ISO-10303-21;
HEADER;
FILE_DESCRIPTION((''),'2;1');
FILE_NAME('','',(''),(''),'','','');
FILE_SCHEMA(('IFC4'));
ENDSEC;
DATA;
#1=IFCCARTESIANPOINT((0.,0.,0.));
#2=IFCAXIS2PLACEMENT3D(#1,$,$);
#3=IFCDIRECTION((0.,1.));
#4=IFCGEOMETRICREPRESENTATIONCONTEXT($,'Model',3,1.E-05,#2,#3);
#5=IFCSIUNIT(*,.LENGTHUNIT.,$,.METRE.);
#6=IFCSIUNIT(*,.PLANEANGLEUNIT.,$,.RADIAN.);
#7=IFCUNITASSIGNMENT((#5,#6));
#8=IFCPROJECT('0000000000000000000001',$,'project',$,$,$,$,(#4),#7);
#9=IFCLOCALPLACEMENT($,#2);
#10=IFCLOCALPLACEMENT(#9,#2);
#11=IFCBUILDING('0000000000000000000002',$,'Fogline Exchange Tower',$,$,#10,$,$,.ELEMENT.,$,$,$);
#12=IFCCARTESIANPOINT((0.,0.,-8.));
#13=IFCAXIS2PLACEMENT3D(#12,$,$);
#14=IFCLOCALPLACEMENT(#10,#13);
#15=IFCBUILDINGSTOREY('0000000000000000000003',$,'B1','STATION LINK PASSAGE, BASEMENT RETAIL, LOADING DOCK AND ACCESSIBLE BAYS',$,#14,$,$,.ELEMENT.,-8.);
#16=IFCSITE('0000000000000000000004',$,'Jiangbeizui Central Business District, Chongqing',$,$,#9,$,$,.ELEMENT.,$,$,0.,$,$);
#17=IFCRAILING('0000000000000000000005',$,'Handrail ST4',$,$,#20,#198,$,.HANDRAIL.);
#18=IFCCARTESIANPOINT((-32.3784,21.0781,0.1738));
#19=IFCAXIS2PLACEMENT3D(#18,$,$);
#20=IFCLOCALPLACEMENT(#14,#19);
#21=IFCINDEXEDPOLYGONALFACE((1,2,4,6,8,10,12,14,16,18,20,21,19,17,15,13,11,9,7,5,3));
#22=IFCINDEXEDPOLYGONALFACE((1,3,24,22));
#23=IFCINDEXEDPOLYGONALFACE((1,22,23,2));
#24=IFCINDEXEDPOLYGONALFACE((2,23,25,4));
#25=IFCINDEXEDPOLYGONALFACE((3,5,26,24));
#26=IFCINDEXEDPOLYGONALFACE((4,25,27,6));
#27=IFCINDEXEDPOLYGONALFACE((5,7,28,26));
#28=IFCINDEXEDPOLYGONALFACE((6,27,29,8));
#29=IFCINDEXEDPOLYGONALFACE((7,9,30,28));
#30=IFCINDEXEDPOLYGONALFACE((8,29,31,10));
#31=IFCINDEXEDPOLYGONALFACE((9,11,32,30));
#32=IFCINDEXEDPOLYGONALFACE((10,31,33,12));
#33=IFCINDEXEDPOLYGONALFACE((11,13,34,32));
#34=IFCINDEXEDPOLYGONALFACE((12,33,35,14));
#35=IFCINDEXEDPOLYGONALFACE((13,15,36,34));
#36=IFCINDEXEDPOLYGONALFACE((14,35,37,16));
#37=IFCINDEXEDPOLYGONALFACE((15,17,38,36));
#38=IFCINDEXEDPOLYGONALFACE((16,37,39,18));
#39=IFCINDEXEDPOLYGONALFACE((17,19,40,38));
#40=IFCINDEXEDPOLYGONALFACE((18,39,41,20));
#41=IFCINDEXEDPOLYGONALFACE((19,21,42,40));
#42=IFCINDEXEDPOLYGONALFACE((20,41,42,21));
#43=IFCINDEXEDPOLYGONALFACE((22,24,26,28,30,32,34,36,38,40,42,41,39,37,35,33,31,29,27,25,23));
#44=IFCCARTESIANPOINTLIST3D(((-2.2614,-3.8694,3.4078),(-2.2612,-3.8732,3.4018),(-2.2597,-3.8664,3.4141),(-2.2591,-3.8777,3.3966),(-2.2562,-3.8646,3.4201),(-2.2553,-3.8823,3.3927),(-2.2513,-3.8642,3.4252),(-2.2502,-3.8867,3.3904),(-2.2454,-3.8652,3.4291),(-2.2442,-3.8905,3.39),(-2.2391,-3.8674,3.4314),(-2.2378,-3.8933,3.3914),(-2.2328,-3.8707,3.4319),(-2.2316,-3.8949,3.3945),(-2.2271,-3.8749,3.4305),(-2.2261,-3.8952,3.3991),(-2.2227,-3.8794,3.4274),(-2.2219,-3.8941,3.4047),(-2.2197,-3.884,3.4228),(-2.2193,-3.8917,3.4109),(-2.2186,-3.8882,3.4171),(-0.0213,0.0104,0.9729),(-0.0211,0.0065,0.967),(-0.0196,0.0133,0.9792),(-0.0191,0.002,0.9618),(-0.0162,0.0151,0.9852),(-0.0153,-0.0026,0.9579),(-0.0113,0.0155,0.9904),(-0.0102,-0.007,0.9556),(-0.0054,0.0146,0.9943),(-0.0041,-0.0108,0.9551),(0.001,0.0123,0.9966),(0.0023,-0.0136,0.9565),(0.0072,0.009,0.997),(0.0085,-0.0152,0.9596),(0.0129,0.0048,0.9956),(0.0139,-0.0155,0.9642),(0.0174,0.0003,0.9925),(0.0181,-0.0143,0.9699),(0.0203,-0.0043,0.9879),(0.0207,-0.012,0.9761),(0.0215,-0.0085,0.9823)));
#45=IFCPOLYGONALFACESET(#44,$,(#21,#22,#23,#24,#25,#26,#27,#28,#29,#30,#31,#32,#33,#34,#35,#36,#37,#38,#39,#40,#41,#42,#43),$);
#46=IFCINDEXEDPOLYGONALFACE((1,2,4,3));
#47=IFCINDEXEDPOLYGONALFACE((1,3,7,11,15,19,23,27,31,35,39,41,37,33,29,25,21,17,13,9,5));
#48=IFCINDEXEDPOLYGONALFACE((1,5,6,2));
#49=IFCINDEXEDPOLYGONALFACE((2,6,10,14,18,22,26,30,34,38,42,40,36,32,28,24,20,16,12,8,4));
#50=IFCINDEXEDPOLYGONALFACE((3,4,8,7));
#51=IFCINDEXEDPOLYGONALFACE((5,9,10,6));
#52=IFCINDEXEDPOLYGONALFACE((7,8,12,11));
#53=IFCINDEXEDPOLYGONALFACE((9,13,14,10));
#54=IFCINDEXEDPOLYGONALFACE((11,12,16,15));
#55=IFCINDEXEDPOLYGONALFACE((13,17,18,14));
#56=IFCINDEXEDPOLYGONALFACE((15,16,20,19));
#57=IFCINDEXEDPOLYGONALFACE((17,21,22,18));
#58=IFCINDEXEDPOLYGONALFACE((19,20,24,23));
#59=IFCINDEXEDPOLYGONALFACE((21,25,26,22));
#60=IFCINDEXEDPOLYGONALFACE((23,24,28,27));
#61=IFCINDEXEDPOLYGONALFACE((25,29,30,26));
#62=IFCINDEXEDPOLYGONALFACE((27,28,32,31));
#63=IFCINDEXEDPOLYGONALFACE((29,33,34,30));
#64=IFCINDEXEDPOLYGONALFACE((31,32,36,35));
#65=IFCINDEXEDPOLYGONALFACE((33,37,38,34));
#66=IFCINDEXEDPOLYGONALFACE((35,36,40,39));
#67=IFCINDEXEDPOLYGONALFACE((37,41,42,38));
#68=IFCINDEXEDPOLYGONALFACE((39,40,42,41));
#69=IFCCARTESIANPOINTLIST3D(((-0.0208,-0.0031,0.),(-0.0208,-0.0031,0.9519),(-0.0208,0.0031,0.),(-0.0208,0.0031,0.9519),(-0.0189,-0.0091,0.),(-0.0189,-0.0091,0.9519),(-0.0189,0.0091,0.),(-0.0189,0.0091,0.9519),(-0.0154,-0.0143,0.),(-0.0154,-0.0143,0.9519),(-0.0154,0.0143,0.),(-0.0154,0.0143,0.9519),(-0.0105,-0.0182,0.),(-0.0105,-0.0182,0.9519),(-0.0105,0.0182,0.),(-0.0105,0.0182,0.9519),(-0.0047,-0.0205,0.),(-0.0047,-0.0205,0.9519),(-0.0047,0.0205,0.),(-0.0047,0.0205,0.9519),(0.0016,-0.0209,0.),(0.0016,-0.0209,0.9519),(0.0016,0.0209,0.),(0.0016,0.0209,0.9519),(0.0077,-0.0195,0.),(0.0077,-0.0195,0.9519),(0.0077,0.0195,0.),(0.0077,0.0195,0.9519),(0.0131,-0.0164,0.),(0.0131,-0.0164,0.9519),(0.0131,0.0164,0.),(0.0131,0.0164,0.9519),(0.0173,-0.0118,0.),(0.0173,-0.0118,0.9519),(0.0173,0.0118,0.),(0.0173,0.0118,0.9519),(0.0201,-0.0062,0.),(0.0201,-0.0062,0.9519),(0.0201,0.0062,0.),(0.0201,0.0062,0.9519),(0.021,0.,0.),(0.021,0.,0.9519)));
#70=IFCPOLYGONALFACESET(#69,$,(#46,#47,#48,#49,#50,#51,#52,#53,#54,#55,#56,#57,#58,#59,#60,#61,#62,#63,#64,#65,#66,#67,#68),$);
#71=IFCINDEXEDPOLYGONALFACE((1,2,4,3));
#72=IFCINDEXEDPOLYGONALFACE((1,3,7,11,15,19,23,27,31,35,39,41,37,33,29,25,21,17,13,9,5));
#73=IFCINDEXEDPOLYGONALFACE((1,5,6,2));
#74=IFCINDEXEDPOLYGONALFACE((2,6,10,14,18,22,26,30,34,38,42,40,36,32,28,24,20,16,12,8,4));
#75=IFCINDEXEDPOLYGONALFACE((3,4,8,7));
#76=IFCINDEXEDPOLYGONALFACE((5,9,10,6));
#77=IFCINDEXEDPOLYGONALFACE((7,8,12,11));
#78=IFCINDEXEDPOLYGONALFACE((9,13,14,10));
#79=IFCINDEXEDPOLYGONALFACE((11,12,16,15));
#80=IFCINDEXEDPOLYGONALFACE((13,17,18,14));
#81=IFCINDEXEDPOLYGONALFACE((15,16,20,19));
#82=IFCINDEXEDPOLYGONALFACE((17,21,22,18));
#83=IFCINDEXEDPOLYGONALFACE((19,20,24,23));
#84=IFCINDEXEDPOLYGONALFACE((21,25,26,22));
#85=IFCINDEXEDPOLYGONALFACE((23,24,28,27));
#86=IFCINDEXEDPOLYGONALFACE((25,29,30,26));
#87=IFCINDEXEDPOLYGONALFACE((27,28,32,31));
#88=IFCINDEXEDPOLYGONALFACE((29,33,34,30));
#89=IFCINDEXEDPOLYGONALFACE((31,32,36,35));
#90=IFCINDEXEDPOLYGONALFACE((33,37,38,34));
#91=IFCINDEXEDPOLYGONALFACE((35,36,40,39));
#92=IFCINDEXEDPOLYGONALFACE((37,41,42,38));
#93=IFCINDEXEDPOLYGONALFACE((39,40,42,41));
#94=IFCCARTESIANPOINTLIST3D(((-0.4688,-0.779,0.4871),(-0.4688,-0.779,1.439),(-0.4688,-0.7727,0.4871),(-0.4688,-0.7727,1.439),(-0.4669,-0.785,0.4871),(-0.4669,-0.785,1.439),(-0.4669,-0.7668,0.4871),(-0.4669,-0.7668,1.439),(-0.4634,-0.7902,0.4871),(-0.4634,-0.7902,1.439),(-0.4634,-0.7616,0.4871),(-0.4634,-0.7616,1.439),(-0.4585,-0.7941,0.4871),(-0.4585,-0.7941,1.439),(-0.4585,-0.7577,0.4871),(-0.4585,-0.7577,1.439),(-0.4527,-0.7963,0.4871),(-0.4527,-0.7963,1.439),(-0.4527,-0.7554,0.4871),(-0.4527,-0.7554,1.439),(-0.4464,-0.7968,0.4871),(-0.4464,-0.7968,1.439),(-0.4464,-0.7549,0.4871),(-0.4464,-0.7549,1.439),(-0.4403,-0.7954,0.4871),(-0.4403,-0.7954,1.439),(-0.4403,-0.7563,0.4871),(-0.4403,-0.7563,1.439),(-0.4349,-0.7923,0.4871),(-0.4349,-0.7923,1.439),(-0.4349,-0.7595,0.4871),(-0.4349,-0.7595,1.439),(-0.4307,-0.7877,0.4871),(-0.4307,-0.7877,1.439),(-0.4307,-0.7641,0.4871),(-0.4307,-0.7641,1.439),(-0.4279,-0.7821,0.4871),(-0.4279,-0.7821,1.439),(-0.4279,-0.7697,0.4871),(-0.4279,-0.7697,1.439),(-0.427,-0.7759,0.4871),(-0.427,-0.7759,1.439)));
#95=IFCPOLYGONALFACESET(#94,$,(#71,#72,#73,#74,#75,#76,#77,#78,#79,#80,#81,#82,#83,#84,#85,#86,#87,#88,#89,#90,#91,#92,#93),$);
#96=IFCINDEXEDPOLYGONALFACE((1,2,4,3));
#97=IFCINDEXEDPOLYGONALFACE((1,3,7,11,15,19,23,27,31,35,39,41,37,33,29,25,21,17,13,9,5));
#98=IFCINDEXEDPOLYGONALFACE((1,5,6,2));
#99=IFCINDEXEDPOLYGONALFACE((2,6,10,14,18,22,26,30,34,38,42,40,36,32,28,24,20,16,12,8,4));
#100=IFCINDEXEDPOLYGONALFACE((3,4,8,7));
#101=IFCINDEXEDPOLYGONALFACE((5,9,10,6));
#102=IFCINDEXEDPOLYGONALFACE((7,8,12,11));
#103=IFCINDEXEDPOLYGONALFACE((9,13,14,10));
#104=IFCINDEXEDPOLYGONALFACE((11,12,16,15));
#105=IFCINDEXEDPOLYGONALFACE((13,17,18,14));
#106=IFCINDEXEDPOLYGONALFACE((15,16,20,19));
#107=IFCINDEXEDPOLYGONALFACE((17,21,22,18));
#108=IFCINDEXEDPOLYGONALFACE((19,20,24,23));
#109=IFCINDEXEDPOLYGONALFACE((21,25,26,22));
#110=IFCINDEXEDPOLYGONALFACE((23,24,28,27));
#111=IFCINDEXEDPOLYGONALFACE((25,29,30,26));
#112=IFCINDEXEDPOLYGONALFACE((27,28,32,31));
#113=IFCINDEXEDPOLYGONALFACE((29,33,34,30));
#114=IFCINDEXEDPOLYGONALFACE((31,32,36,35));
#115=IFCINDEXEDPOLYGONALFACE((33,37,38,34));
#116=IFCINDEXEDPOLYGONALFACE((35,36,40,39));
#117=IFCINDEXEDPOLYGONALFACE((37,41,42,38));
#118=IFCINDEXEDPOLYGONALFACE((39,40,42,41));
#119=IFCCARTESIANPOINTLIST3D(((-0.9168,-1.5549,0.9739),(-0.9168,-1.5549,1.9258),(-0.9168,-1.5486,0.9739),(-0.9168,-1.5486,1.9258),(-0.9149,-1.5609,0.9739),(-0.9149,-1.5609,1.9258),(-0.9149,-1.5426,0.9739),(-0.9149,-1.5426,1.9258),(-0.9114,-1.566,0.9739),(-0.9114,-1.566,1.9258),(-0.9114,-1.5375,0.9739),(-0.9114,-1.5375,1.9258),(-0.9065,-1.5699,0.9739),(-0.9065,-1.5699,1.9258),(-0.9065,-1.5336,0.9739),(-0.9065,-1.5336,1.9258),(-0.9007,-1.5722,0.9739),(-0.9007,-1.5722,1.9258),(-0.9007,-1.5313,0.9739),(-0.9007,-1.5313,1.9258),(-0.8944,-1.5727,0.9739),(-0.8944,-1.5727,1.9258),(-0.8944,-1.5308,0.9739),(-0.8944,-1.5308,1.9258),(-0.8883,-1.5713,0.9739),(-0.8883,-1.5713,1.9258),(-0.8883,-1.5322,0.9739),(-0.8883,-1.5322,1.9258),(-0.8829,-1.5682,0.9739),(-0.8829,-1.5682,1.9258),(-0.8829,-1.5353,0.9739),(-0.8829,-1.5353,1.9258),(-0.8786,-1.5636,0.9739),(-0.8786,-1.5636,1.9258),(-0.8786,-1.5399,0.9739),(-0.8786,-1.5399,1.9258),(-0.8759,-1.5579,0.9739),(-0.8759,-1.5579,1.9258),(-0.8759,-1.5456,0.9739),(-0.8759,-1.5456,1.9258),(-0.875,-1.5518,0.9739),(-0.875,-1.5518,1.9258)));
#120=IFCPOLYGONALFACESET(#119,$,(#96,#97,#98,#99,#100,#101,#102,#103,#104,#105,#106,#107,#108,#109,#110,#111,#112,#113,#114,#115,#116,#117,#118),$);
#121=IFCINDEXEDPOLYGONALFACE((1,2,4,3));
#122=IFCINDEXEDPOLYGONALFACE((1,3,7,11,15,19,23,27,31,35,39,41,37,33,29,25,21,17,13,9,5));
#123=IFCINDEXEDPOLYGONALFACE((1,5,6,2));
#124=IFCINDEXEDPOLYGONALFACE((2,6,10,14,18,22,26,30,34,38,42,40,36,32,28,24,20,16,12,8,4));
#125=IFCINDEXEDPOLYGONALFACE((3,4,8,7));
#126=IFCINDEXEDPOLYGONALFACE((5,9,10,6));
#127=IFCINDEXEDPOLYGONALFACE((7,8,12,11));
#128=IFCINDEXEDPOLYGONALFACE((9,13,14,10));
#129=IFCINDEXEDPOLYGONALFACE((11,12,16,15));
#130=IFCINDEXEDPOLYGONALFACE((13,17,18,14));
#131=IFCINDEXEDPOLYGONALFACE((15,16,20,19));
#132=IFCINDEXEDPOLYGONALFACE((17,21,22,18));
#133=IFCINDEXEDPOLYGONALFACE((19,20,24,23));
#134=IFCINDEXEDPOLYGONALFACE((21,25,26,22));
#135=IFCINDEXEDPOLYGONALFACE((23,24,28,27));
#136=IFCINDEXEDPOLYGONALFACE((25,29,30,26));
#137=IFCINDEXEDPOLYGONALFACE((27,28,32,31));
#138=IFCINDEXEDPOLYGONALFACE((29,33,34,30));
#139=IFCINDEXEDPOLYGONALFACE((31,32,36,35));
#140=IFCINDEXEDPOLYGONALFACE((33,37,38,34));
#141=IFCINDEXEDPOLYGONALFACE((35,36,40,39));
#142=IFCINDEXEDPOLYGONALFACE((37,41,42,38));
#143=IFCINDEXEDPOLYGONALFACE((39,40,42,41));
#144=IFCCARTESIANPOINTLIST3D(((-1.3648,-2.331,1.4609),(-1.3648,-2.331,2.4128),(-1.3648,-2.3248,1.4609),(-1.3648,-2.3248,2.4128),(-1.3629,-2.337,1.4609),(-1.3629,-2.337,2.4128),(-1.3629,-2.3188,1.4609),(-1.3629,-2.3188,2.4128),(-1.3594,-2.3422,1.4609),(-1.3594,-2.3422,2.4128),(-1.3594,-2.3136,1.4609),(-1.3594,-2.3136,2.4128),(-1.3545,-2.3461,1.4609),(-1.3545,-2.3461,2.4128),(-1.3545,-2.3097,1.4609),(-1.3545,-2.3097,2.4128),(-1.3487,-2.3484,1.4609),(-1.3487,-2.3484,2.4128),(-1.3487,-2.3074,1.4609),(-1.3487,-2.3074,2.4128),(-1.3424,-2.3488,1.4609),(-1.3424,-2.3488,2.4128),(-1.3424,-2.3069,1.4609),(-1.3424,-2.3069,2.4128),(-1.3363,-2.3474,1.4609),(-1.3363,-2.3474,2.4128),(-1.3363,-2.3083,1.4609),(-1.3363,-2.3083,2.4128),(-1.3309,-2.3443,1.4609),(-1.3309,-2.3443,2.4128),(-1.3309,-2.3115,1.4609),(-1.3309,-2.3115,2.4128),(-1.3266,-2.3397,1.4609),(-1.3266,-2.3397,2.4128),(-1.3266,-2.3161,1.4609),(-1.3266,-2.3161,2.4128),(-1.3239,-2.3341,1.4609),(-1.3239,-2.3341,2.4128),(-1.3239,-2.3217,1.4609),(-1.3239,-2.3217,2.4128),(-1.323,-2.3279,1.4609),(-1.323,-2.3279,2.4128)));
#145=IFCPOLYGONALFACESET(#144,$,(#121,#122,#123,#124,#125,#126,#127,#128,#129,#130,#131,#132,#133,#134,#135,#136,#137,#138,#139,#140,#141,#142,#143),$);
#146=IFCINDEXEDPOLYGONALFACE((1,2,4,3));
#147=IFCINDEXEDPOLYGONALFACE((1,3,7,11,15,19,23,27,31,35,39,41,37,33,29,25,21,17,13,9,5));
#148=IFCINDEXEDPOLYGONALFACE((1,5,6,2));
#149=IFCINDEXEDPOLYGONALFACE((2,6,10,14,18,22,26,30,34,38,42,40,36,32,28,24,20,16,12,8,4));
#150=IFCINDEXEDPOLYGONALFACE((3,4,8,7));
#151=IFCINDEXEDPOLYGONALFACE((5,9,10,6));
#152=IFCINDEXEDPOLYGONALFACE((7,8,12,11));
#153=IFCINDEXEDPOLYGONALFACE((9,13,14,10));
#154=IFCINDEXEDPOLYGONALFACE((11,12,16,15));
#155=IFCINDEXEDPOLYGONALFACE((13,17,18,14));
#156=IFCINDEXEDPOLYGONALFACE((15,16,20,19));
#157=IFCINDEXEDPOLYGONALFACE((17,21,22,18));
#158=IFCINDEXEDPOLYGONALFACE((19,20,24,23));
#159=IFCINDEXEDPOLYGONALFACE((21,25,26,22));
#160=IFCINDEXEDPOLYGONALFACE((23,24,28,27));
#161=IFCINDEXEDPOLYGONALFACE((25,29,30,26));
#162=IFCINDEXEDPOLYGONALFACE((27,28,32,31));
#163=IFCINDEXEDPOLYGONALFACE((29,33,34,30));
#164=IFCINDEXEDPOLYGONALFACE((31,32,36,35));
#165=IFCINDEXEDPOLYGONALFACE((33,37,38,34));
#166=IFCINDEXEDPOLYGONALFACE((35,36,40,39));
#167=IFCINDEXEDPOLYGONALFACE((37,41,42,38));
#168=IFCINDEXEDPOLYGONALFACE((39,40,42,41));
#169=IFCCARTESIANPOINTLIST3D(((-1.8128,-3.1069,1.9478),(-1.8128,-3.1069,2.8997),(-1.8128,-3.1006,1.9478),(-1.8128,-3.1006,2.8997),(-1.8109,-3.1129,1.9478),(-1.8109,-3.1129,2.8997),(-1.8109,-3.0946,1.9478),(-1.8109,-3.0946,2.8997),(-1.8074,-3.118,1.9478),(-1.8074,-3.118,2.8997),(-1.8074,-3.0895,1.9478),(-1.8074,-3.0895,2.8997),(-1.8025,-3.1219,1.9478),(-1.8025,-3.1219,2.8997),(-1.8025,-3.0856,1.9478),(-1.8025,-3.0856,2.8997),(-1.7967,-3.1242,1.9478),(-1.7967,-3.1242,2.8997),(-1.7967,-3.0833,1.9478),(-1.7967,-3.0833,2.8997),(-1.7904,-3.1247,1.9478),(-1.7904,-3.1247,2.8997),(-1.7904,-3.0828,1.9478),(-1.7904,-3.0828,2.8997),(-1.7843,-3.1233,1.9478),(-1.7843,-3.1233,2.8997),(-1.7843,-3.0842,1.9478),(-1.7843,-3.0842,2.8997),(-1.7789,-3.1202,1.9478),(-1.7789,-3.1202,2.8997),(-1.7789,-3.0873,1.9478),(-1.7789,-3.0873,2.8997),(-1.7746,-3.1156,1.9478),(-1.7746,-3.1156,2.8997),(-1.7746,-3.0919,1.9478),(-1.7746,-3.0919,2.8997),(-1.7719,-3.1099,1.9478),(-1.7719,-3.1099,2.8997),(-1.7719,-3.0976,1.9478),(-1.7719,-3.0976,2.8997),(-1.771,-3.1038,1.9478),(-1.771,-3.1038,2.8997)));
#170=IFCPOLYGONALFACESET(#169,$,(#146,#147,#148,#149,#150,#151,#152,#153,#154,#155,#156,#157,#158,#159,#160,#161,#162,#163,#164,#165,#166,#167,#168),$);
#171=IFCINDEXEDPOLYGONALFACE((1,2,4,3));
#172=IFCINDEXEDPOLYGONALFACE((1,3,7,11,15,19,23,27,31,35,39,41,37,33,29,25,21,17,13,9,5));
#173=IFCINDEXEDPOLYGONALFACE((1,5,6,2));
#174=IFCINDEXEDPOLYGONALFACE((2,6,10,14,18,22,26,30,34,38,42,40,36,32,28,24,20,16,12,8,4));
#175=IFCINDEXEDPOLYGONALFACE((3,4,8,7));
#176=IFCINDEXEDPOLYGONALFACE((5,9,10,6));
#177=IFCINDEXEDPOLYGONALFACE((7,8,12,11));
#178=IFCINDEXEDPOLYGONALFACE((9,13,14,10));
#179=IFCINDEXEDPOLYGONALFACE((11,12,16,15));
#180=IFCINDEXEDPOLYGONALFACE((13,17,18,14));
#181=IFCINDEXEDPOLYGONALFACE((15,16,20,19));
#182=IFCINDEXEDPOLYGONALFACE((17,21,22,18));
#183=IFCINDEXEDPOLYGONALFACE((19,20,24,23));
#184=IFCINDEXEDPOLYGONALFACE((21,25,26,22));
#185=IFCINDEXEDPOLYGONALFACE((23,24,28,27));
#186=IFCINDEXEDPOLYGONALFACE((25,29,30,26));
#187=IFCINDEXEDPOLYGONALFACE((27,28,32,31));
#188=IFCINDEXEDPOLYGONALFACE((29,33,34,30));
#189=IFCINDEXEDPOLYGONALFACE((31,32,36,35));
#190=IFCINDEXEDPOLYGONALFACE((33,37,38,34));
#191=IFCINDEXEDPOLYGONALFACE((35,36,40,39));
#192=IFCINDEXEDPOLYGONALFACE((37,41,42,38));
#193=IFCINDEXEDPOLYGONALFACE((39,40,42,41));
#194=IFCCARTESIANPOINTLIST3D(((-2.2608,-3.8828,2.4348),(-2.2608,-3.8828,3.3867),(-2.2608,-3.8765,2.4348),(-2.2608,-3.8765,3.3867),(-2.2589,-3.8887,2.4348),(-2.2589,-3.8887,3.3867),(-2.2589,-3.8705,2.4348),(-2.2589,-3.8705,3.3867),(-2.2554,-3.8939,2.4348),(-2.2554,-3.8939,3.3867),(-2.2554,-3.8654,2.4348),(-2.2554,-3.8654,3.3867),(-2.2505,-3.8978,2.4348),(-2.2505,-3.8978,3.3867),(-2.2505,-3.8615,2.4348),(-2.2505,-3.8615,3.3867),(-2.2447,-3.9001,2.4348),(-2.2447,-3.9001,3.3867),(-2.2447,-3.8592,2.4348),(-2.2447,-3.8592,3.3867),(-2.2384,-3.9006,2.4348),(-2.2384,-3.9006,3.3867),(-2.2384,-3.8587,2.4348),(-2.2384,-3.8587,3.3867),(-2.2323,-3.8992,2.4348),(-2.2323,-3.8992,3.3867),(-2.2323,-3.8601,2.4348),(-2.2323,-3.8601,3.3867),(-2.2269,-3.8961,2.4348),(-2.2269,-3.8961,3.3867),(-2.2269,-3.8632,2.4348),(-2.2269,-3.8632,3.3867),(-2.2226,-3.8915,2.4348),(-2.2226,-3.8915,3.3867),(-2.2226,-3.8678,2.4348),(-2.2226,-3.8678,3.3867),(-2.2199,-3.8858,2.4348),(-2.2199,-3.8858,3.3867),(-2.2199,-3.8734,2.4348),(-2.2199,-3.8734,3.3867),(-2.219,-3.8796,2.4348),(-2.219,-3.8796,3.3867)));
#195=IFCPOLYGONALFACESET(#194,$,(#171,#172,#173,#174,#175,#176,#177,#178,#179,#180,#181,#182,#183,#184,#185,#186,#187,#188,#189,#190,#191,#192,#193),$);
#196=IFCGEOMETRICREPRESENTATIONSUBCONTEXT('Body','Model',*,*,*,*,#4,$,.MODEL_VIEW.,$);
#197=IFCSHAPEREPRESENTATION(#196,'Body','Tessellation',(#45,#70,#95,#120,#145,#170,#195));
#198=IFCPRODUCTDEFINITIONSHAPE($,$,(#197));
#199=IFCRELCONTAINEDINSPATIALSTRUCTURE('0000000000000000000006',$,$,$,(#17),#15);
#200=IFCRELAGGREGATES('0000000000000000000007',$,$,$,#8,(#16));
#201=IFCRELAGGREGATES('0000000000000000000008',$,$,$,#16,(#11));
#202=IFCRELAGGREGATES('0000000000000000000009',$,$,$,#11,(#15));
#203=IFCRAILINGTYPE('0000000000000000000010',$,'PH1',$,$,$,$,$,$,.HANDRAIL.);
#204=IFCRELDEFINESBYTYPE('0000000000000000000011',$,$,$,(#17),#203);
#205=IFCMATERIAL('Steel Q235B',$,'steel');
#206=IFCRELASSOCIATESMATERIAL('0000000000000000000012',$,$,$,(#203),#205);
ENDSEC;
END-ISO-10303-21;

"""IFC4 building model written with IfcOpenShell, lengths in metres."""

from ifc_helpers import new_model, si_unit, direction, frame, origin, origin_2d, place, context, subcontext, project, spatial, circle, extrude, material, type_object, element, save


model = new_model("IFC4")

# Units and contexts
model_context = context("Model", 3, precision=1e-05, world=origin(), true_north=direction((0.0, 1.0)))
body_context = subcontext(model_context, "Body", "Model", "MODEL_VIEW")
ifc_project = project(units=[si_unit("LENGTHUNIT", "METRE"), si_unit("PLANEANGLEUNIT", "RADIAN")], contexts=[model_context])

# Site, building, storey
site_placement = place(None, origin())
site = spatial("IfcSite", under=ifc_project, at=site_placement, Name="Jiangbeizui Central Business District, Chongqing", CompositionType="ELEMENT", RefElevation=0.0)
building_placement = place(site_placement, origin())
building = spatial("IfcBuilding", under=site, at=building_placement, Name="Fogline Exchange Tower", CompositionType="ELEMENT")
storey_placement = place(building_placement, frame((0.0, 0.0, -8.0)))
storey = spatial("IfcBuildingStorey", under=building, at=storey_placement, Name="B1", Description="STATION LINK PASSAGE, BASEMENT RETAIL, LOADING DOCK AND ACCESSIBLE BAYS", CompositionType="ELEMENT", Elevation=-8.0)

# Shared definitions
ifc_material_1 = material(Name="Steel Q235B", Category="steel")

# Railing
railing_type_1 = type_object("IfcRailingType", Name="PH1", PredefinedType="HANDRAIL", material=ifc_material_1)
railing_1_placement = place(storey_placement, frame((-32.3784, 21.0781, 0.1738)))
element("IfcRailing", 1, at=railing_1_placement, inside=storey, type_object=railing_type_1, Name="Handrail ST4", PredefinedType="HANDRAIL", context=body_context, shape_type="SweptSolid", body=[
    extrude(circle(Radius=0.0239, at=origin_2d()), frame((0.0, 0.0, 0.9761), z_axis=(-0.43932, -0.760897, 0.47753), x_axis=(0.866018, -0.500013, 0.0)), (0.0, 0.0, 1.0), 5.0989),
    extrude(circle(Radius=0.021, at=origin_2d()), origin(), (0.0, 0.0, 1.0), 0.9519),
    extrude(circle(Radius=0.021, at=origin_2d()), frame((-0.448, -0.7759, 0.4871)), (0.0, 0.0, 1.0), 0.9519),
    extrude(circle(Radius=0.021, at=origin_2d()), frame((-0.896, -1.5518, 0.9739)), (0.0, 0.0, 1.0), 0.9519),
    extrude(circle(Radius=0.021, at=origin_2d()), frame((-1.344, -2.3279, 1.4609)), (0.0, 0.0, 1.0), 0.9519),
    extrude(circle(Radius=0.021, at=origin_2d()), frame((-1.792, -3.1038, 1.9478)), (0.0, 0.0, 1.0), 0.9519),
    extrude(circle(Radius=0.021, at=origin_2d()), frame((-2.24, -3.8796, 2.4348)), (0.0, 0.0, 1.0), 0.9519),
])

save(model, "model.ifc")
